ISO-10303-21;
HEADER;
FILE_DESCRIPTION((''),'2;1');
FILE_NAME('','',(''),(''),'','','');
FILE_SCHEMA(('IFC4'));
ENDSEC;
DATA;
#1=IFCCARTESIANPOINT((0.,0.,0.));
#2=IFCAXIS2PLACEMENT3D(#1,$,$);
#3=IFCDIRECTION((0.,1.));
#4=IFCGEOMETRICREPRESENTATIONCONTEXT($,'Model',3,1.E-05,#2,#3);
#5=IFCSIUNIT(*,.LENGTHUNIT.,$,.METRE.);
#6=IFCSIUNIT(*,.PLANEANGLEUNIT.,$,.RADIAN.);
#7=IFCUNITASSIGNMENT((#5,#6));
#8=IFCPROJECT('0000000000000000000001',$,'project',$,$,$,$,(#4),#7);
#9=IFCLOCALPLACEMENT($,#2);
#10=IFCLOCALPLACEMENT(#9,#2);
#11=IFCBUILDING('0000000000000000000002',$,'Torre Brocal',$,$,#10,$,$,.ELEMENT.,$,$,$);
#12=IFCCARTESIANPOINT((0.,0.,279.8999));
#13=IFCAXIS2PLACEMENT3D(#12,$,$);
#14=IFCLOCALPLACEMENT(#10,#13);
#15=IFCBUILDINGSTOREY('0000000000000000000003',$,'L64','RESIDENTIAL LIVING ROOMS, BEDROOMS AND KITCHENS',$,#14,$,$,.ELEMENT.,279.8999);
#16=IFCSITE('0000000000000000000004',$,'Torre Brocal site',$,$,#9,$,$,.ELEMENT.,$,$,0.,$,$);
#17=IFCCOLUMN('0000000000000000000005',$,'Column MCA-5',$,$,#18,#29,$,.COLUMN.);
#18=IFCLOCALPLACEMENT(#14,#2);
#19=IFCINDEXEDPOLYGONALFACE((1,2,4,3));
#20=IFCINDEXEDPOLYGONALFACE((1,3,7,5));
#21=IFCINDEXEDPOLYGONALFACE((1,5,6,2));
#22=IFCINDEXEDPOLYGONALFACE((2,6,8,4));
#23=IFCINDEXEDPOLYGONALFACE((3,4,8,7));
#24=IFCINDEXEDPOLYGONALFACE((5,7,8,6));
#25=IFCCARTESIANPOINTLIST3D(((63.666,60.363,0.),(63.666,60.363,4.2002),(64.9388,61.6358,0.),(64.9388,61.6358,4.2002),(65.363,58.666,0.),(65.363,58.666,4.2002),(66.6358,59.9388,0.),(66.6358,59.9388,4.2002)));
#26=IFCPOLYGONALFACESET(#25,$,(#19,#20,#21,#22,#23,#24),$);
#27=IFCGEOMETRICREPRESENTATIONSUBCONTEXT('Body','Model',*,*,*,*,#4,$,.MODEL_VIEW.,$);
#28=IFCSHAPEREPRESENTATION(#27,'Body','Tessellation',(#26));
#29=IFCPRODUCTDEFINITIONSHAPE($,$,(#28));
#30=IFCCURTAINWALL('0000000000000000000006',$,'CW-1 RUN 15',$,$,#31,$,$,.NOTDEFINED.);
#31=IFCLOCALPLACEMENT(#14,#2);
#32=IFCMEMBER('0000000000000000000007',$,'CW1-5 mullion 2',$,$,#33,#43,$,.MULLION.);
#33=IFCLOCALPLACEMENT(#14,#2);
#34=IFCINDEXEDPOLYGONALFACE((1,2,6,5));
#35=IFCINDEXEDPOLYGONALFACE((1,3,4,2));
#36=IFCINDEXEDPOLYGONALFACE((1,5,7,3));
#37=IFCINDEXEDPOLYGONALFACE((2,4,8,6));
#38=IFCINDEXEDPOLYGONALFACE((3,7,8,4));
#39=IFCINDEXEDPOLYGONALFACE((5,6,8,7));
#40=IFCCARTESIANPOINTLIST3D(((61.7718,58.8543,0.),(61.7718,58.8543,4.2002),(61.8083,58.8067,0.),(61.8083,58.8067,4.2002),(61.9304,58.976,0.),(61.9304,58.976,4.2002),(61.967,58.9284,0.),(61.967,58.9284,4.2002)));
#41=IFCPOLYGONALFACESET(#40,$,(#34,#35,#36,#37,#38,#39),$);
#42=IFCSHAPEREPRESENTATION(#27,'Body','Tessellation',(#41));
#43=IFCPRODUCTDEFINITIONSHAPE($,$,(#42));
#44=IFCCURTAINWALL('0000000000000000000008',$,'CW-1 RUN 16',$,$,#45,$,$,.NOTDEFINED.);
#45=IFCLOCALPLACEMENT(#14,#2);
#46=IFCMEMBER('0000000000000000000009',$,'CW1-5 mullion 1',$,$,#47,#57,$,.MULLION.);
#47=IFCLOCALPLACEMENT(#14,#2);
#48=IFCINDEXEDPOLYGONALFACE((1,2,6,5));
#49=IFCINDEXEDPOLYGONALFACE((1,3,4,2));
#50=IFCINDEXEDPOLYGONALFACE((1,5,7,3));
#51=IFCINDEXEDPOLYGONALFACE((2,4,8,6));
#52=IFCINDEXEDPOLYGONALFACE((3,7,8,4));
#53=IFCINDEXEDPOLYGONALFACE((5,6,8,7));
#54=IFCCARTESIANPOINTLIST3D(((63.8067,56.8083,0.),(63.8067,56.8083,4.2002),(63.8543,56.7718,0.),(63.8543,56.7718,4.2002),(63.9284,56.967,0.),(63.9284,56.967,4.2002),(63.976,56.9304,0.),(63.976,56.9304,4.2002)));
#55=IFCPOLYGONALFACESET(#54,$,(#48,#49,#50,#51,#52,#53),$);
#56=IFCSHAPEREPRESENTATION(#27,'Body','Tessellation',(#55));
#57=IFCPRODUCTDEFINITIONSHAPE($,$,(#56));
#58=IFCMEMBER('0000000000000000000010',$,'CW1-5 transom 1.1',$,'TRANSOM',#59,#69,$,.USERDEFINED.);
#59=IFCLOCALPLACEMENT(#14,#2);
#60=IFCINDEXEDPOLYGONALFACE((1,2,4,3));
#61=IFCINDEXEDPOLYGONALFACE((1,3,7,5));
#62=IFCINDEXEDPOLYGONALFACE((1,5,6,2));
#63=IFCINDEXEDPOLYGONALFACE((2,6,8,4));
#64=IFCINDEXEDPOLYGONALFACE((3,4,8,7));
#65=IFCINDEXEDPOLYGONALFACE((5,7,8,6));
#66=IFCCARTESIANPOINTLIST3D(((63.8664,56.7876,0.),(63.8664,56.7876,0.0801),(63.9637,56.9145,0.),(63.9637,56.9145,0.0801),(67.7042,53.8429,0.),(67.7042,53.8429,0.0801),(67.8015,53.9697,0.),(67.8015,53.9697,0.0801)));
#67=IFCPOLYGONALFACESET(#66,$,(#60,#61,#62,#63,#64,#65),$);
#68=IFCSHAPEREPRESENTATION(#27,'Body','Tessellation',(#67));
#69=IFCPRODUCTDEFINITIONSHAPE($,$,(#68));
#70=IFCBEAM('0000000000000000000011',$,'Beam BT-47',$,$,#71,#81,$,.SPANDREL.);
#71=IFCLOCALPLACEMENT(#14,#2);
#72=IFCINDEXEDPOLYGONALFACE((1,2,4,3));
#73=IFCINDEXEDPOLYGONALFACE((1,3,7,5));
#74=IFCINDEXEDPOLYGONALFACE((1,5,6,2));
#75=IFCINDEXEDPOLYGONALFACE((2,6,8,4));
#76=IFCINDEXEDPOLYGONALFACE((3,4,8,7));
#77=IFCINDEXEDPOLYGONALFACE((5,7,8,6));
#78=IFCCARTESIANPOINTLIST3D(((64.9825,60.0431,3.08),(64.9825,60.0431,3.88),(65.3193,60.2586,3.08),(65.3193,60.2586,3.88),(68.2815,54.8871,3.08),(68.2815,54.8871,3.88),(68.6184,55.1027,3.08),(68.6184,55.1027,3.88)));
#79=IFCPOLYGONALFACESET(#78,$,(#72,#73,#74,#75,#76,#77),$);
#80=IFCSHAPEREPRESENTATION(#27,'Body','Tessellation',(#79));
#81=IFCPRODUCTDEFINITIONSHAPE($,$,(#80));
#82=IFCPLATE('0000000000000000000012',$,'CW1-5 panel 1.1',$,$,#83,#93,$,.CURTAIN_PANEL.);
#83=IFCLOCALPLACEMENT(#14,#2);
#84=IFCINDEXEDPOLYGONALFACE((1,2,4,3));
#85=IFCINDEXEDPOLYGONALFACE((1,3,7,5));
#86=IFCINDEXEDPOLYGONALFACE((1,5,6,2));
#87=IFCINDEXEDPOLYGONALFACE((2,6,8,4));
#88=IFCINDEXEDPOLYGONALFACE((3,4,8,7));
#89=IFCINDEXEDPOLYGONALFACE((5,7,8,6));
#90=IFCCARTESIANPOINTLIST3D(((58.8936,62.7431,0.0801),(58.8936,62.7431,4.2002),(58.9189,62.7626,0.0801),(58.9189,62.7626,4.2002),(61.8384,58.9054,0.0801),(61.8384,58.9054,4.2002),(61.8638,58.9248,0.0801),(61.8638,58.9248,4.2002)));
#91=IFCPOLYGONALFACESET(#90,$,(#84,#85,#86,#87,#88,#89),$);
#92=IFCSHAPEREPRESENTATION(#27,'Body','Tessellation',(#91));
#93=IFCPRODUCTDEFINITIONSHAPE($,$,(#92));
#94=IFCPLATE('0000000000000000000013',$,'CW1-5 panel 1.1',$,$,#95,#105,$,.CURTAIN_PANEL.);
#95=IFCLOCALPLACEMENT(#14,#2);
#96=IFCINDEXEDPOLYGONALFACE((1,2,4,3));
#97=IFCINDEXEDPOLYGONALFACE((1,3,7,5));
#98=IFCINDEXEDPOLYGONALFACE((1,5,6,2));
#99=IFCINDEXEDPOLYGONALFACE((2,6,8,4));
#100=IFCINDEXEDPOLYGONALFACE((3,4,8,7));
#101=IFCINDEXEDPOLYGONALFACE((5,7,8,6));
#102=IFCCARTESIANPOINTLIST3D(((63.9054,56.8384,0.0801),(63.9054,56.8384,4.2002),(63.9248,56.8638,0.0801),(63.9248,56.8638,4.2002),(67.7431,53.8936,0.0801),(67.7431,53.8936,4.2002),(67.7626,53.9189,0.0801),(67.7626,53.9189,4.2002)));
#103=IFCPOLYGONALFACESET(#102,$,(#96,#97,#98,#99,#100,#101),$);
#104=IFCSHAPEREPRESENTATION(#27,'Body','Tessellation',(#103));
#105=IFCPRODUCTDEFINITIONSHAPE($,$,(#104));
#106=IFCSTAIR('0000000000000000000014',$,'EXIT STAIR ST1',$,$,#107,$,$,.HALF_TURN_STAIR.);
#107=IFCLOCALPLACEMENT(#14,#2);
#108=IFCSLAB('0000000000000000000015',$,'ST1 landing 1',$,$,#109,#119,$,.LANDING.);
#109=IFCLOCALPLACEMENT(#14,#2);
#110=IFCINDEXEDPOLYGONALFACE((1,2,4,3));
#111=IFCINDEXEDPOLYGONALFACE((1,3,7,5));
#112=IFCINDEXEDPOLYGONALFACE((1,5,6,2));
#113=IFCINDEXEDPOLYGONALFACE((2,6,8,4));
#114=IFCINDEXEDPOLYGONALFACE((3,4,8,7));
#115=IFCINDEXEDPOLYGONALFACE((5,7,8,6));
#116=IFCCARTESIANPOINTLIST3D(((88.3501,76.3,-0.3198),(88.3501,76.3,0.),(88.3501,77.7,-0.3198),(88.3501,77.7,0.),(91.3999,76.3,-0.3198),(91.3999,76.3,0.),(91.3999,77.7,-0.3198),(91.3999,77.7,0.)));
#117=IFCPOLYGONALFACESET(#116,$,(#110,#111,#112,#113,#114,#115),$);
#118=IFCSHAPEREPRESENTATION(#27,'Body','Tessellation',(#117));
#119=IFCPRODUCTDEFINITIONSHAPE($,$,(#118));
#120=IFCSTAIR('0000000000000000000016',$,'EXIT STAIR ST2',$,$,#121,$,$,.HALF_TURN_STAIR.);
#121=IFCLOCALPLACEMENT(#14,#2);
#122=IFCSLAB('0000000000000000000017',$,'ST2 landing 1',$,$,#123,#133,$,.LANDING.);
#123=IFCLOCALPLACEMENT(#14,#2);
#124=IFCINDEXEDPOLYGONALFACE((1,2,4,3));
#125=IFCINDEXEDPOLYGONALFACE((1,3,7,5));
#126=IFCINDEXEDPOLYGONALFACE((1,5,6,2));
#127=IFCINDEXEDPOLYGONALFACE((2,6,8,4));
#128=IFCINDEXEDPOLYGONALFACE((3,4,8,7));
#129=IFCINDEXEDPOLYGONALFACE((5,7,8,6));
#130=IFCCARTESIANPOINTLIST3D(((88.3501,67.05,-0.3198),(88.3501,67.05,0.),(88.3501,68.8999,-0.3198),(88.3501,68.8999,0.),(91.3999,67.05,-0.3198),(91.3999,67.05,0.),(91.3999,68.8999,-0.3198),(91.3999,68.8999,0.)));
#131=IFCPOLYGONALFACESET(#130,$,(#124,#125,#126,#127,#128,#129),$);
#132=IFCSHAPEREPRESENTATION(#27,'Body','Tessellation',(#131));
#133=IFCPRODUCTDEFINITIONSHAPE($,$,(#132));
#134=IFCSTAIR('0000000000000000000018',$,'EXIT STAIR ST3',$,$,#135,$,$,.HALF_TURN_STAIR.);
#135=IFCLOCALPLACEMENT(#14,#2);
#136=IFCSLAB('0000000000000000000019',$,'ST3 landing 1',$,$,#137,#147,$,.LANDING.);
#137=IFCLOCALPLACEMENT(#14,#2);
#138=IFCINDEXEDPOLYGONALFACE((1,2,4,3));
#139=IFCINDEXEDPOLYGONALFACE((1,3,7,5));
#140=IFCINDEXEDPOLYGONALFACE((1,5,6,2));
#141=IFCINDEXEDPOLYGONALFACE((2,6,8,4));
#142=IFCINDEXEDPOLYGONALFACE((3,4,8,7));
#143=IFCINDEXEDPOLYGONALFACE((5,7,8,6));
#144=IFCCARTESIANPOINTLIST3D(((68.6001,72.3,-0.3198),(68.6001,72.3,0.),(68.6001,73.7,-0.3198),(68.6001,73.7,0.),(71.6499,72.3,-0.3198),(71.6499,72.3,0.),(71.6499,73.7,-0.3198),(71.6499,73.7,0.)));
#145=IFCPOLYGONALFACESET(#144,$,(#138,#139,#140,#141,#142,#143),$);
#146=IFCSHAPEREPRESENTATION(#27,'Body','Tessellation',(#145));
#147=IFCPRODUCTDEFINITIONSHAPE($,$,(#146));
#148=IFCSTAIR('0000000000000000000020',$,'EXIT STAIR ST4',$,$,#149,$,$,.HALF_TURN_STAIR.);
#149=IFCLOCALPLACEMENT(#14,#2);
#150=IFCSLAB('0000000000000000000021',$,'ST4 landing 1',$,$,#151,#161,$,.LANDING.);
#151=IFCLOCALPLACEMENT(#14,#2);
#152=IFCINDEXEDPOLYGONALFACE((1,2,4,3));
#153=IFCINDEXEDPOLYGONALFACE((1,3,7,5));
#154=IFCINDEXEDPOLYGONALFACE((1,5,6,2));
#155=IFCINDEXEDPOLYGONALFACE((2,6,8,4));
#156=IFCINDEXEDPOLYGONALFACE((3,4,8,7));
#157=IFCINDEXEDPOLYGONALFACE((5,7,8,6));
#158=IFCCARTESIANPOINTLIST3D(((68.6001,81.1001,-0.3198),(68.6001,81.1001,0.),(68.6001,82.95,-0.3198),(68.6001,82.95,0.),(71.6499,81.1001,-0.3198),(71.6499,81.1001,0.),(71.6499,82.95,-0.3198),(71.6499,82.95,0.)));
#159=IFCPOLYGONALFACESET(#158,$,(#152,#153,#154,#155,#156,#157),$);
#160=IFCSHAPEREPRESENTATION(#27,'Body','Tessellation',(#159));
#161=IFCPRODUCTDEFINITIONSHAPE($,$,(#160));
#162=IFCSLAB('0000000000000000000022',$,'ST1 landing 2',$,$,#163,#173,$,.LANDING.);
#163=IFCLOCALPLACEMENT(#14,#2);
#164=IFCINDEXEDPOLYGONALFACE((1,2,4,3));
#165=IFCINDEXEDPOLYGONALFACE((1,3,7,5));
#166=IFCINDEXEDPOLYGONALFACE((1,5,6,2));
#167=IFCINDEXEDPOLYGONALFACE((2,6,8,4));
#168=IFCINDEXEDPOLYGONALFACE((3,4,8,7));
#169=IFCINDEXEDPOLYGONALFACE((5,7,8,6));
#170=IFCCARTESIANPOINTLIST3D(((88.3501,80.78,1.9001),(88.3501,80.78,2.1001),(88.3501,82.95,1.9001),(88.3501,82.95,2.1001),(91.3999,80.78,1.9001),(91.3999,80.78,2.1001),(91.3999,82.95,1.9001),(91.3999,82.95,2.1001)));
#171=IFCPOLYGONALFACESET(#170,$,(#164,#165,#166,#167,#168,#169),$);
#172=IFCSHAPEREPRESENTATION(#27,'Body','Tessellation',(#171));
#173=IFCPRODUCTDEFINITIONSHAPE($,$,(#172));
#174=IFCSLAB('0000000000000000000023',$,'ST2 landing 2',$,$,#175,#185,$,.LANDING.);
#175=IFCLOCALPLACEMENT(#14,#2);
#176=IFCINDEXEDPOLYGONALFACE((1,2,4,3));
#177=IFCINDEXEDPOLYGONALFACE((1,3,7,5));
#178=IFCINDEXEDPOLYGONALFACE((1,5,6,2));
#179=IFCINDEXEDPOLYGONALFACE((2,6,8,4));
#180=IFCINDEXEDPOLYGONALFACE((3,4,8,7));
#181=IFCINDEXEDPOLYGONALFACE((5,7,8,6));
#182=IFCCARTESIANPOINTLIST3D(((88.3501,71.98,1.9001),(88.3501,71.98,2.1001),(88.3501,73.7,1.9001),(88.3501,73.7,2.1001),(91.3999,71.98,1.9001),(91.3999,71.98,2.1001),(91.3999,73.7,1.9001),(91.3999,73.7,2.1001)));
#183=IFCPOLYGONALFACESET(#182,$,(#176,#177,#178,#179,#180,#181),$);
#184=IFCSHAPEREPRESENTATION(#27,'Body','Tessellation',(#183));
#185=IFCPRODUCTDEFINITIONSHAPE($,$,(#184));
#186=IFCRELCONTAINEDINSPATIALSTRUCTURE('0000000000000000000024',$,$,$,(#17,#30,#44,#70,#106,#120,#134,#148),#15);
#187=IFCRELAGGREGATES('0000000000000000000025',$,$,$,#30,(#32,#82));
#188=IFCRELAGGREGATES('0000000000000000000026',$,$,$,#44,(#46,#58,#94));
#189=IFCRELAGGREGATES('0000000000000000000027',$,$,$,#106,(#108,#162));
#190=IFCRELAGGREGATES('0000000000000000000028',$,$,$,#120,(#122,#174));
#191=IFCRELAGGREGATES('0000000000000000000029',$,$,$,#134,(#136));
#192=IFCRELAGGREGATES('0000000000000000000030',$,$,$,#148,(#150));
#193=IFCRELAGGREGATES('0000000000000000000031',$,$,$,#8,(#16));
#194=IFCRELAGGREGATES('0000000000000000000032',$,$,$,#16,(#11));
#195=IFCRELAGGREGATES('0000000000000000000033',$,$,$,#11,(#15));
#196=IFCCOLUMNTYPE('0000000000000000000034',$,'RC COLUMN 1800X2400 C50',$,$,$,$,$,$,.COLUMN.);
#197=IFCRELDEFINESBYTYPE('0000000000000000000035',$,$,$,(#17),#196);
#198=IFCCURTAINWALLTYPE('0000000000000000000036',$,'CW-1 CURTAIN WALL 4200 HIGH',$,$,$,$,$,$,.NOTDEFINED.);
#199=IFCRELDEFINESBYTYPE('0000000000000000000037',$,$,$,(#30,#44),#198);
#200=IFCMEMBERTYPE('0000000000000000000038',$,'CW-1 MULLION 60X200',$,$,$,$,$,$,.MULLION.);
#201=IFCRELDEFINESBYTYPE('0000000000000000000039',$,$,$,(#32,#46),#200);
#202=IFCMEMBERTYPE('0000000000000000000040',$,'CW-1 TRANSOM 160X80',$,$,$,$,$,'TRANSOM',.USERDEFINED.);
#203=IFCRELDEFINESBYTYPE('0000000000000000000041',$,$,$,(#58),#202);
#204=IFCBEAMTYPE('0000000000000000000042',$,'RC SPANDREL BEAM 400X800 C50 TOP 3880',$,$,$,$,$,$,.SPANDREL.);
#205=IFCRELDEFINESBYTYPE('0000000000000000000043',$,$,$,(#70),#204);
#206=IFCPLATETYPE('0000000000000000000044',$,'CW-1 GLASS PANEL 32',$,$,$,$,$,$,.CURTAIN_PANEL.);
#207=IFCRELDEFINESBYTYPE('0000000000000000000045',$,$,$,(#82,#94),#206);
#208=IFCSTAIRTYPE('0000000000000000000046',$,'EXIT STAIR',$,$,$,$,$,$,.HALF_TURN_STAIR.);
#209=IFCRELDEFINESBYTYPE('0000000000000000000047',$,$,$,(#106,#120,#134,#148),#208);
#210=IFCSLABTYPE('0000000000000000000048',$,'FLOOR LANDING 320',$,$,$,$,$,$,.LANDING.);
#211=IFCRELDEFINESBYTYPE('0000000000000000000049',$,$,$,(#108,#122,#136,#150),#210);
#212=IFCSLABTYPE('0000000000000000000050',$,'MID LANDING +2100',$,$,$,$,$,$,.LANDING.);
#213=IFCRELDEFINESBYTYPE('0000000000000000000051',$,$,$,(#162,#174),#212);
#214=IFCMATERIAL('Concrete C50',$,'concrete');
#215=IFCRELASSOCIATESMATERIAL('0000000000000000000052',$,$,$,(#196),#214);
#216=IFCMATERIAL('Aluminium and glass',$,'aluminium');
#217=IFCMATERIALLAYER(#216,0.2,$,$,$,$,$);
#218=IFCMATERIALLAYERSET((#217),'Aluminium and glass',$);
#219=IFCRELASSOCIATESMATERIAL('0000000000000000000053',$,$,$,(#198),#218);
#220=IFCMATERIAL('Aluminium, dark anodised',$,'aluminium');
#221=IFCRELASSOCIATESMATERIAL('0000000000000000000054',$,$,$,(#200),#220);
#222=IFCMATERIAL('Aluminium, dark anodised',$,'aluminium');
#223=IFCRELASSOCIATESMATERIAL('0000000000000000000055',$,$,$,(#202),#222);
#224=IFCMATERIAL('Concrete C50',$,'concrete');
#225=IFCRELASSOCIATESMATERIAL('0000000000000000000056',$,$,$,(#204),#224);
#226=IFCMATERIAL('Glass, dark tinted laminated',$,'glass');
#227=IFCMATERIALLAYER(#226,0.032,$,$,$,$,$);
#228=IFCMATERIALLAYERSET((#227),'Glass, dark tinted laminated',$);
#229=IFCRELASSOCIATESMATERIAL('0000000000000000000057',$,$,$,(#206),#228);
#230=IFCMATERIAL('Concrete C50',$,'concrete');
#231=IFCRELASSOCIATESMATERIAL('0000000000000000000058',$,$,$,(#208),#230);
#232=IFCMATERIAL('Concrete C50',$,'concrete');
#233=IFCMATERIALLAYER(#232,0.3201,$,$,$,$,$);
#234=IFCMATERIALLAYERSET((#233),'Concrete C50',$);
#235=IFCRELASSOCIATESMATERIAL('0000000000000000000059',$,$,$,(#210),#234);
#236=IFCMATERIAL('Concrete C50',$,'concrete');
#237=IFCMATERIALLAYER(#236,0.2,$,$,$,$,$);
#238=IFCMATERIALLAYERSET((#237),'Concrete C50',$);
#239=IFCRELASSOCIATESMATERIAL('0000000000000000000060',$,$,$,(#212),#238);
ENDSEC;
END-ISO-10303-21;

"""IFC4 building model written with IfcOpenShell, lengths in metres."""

from ifc_helpers import new_model, si_unit, direction, frame, origin, origin_2d, place, context, subcontext, project, spatial, polyline, rectangle, outline, extrude, material, layer, layer_set, material_profile, profile_set, type_object, element, aggregate, save


model = new_model("IFC4")

# Units and contexts
model_context = context("Model", 3, precision=1e-05, world=origin(), true_north=direction((0.0, 1.0)))
body_context = subcontext(model_context, "Body", "Model", "MODEL_VIEW")
ifc_project = project(units=[si_unit("LENGTHUNIT", "METRE"), si_unit("PLANEANGLEUNIT", "RADIAN")], contexts=[model_context])

# Site, building, storey
site_placement = place(None, origin())
site = spatial("IfcSite", under=ifc_project, at=site_placement, Name="Torre Brocal site", CompositionType="ELEMENT", RefElevation=0.0)
building_placement = place(site_placement, origin())
building = spatial("IfcBuilding", under=site, at=building_placement, Name="Torre Brocal", CompositionType="ELEMENT")
storey_placement = place(building_placement, frame((0.0, 0.0, 279.8999)))
storey = spatial("IfcBuildingStorey", under=building, at=storey_placement, Name="L64", Description="RESIDENTIAL LIVING ROOMS, BEDROOMS AND KITCHENS", CompositionType="ELEMENT", Elevation=279.8999)

# Column
ifc_material_1 = material(Name="Concrete C50", Category="concrete")
ifc_material_profile_1 = material_profile(ifc_material_1, rectangle(XDim=1.8, YDim=2.3999, at=origin_2d()), Name="RC 1800X2400")
ifc_profile_set_1 = profile_set([ifc_material_profile_1], Name="Concrete C50")
column_type = type_object("IfcColumnType", Name="RC COLUMN 1800X2400 C50", PredefinedType="COLUMN", material=ifc_profile_set_1)
column_placement = place(storey_placement, frame((65.1509, 60.1509, 0.0), z_axis=(0.0, 0.0, 1.0), x_axis=(-0.707107, -0.707107, 0.0)))
element("IfcColumn", 1, at=column_placement, inside=storey, type_object=column_type, Name="Column MCA-5", PredefinedType="COLUMN", context=body_context, shape_type="SweptSolid", body=[
    extrude(rectangle(XDim=1.8, YDim=2.3999, at=origin_2d()), origin(), (0.0, 0.0, 1.0), 4.2002),
])

# Curtain wall, member
ifc_material_2 = material(Name="Aluminium and glass", Category="aluminium")
ifc_layer_1 = layer(ifc_material_2, 0.2)
ifc_layer_set_1 = layer_set([ifc_layer_1], Name="Aluminium and glass")
curtain_wall_type = type_object("IfcCurtainWallType", Name="CW-1 CURTAIN WALL 4200 HIGH", PredefinedType="NOTDEFINED", material=ifc_layer_set_1)
curtain_wall_1_placement = place(storey_placement, origin())
curtain_wall_1 = element("IfcCurtainWall", 2, at=curtain_wall_1_placement, inside=storey, type_object=curtain_wall_type, Name="CW-1 RUN 15", PredefinedType="NOTDEFINED")
ifc_material_3 = material(Name="Aluminium, dark anodised", Category="aluminium")
ifc_material_profile_2 = material_profile(ifc_material_3, rectangle(XDim=0.2, YDim=0.0601, at=origin_2d()), Name="CW-1 MULLION 60X200")
ifc_profile_set_2 = profile_set([ifc_material_profile_2], Name="Aluminium, dark anodised")
member_type_1 = type_object("IfcMemberType", Name="CW-1 MULLION 60X200", PredefinedType="MULLION", material=ifc_profile_set_2)
member_1_placement = place(storey_placement, frame((61.8694, 58.8914, 0.0), z_axis=(0.0, 0.0, 1.0), x_axis=(0.793353, 0.608761, 0.0)))
member_1 = element("IfcMember", 3, at=member_1_placement, type_object=member_type_1, Name="CW1-5 mullion 2", PredefinedType="MULLION", context=body_context, shape_type="SweptSolid", body=[
    extrude(rectangle(XDim=0.2, YDim=0.0601, at=origin_2d()), origin(), (0.0, 0.0, 1.0), 4.2002),
])

# Curtain wall, members
curtain_wall_2_placement = place(storey_placement, origin())
curtain_wall_2 = element("IfcCurtainWall", 4, at=curtain_wall_2_placement, inside=storey, type_object=curtain_wall_type, Name="CW-1 RUN 16", PredefinedType="NOTDEFINED")
member_2_placement = place(storey_placement, frame((63.8914, 56.8694, 0.0), z_axis=(0.0, 0.0, 1.0), x_axis=(0.608761, 0.793353, 0.0)))
member_2 = element("IfcMember", 5, at=member_2_placement, type_object=member_type_1, Name="CW1-5 mullion 1", PredefinedType="MULLION", context=body_context, shape_type="SweptSolid", body=[
    extrude(rectangle(XDim=0.2, YDim=0.0601, at=origin_2d()), origin(), (0.0, 0.0, 1.0), 4.2002),
])
ifc_material_4 = material(Name="Aluminium, dark anodised", Category="aluminium")
ifc_material_profile_3 = material_profile(ifc_material_4, rectangle(XDim=0.1599, YDim=0.0801, at=origin_2d()), Name="CW-1 TRANSOM 160X80")
ifc_profile_set_3 = profile_set([ifc_material_profile_3], Name="Aluminium, dark anodised")
member_type_2 = type_object("IfcMemberType", Name="CW-1 TRANSOM 160X80", ElementType="TRANSOM", PredefinedType="USERDEFINED", material=ifc_profile_set_3)
member_3_placement = place(storey_placement, frame((63.915, 56.8511, 0.04), z_axis=(0.793363, -0.608749, 0.0), x_axis=(0.608749, 0.793363, 0.0)))
member_3 = element("IfcMember", 6, at=member_3_placement, type_object=member_type_2, Name="CW1-5 transom 1.1", ObjectType="TRANSOM", PredefinedType="USERDEFINED", context=body_context, shape_type="SweptSolid", body=[
    extrude(rectangle(XDim=0.1599, YDim=0.0801, at=origin_2d()), origin(), (0.0, 0.0, 1.0), 4.8374),
])

# Beam
ifc_material_5 = material(Name="Concrete C50", Category="concrete")
ifc_material_profile_4 = material_profile(ifc_material_5, rectangle(XDim=0.3999, YDim=0.8, at=origin_2d()), Name="RC 400X800")
ifc_profile_set_4 = profile_set([ifc_material_profile_4], Name="Concrete C50")
beam_type = type_object("IfcBeamType", Name="RC SPANDREL BEAM 400X800 C50 TOP 3880", PredefinedType="SPANDREL", material=ifc_profile_set_4)
beam_placement = place(storey_placement, frame((65.1509, 60.1509, 3.48), z_axis=(0.538964, -0.842329, 0.0), x_axis=(0.842329, 0.538964, 0.0)))
element("IfcBeam", 7, at=beam_placement, inside=storey, type_object=beam_type, Name="Beam BT-47", PredefinedType="SPANDREL", context=body_context, shape_type="SweptSolid", body=[
    extrude(rectangle(XDim=0.3999, YDim=0.8, at=origin_2d()), origin(), (0.0, 0.0, 1.0), 6.1211),
])

# Plates
ifc_material_6 = material(Name="Glass, dark tinted laminated", Category="glass")
ifc_layer_2 = layer(ifc_material_6, 0.032)
ifc_layer_set_2 = layer_set([ifc_layer_2], Name="Glass, dark tinted laminated")
plate_type = type_object("IfcPlateType", Name="CW-1 GLASS PANEL 32", PredefinedType="CURTAIN_PANEL", material=ifc_layer_set_2)
plate_1_placement = place(storey_placement, frame((60.3787, 60.834, 0.0801), z_axis=(0.0, 0.0, 1.0), x_axis=(0.608761, -0.793353, 0.0)))
plate_1 = element("IfcPlate", 8, at=plate_1_placement, type_object=plate_type, Name="CW1-5 panel 1.1", PredefinedType="CURTAIN_PANEL", context=body_context, shape_type="SweptSolid", body=[
    extrude(rectangle(XDim=4.8374, YDim=0.032, at=origin_2d()), origin(), (0.0, 0.0, 1.0), 4.1201),
])
aggregate(curtain_wall_1, [member_1, plate_1])
plate_2_placement = place(storey_placement, frame((65.834, 55.3787, 0.0801), z_axis=(0.0, 0.0, 1.0), x_axis=(0.793353, -0.608761, 0.0)))
plate_2 = element("IfcPlate", 9, at=plate_2_placement, type_object=plate_type, Name="CW1-5 panel 1.1", PredefinedType="CURTAIN_PANEL", context=body_context, shape_type="SweptSolid", body=[
    extrude(rectangle(XDim=4.8374, YDim=0.032, at=origin_2d()), origin(), (0.0, 0.0, 1.0), 4.1201),
])
aggregate(curtain_wall_2, [member_2, member_3, plate_2])

# Stairs, slabs
ifc_material_7 = material(Name="Concrete C50", Category="concrete")
stair_type = type_object("IfcStairType", Name="EXIT STAIR", PredefinedType="HALF_TURN_STAIR", material=ifc_material_7)
stair_1_placement = place(storey_placement, origin())
stair_1 = element("IfcStair", 10, at=stair_1_placement, inside=storey, type_object=stair_type, Name="EXIT STAIR ST1", PredefinedType="HALF_TURN_STAIR")
ifc_material_8 = material(Name="Concrete C50", Category="concrete")
ifc_layer_3 = layer(ifc_material_8, 0.3201)
ifc_layer_set_3 = layer_set([ifc_layer_3], Name="Concrete C50")
slab_type_1 = type_object("IfcSlabType", Name="FLOOR LANDING 320", PredefinedType="LANDING", material=ifc_layer_set_3)
slab_1_placement = place(storey_placement, frame((0.0, 0.0, -0.3198)))
slab_1 = element("IfcSlab", 11, at=slab_1_placement, type_object=slab_type_1, Name="ST1 landing 1", PredefinedType="LANDING", context=body_context, shape_type="SweptSolid", body=[
    extrude(outline(polyline([(88.3501, 76.3), (91.3999, 76.3), (91.3999, 77.7), (88.3501, 77.7), (88.3501, 76.3)])), origin(), (0.0, 0.0, 1.0), 0.3198),
])
stair_2_placement = place(storey_placement, origin())
stair_2 = element("IfcStair", 12, at=stair_2_placement, inside=storey, type_object=stair_type, Name="EXIT STAIR ST2", PredefinedType="HALF_TURN_STAIR")
slab_2_placement = place(storey_placement, frame((0.0, 0.0, -0.3198)))
slab_2 = element("IfcSlab", 13, at=slab_2_placement, type_object=slab_type_1, Name="ST2 landing 1", PredefinedType="LANDING", context=body_context, shape_type="SweptSolid", body=[
    extrude(outline(polyline([(88.3501, 67.05), (91.3999, 67.05), (91.3999, 68.8999), (88.3501, 68.8999), (88.3501, 67.05)])), origin(), (0.0, 0.0, 1.0), 0.3198),
])
stair_3_placement = place(storey_placement, origin())
stair_3 = element("IfcStair", 14, at=stair_3_placement, inside=storey, type_object=stair_type, Name="EXIT STAIR ST3", PredefinedType="HALF_TURN_STAIR")
slab_3_placement = place(storey_placement, frame((0.0, 0.0, -0.3198)))
slab_3 = element("IfcSlab", 15, at=slab_3_placement, type_object=slab_type_1, Name="ST3 landing 1", PredefinedType="LANDING", context=body_context, shape_type="SweptSolid", body=[
    extrude(outline(polyline([(71.6499, 73.7), (68.6001, 73.7), (68.6001, 72.3), (71.6499, 72.3), (71.6499, 73.7)])), origin(), (0.0, 0.0, 1.0), 0.3198),
])
stair_4_placement = place(storey_placement, origin())
stair_4 = element("IfcStair", 16, at=stair_4_placement, inside=storey, type_object=stair_type, Name="EXIT STAIR ST4", PredefinedType="HALF_TURN_STAIR")
slab_4_placement = place(storey_placement, frame((0.0, 0.0, -0.3198)))
slab_4 = element("IfcSlab", 17, at=slab_4_placement, type_object=slab_type_1, Name="ST4 landing 1", PredefinedType="LANDING", context=body_context, shape_type="SweptSolid", body=[
    extrude(outline(polyline([(71.6499, 82.95), (68.6001, 82.95), (68.6001, 81.1001), (71.6499, 81.1001), (71.6499, 82.95)])), origin(), (0.0, 0.0, 1.0), 0.3198),
])

# Slabs
ifc_material_9 = material(Name="Concrete C50", Category="concrete")
ifc_layer_4 = layer(ifc_material_9, 0.2)
ifc_layer_set_4 = layer_set([ifc_layer_4], Name="Concrete C50")
slab_type_2 = type_object("IfcSlabType", Name="MID LANDING +2100", PredefinedType="LANDING", material=ifc_layer_set_4)
slab_5_placement = place(storey_placement, frame((0.0, 0.0, 1.9001)))
slab_5 = element("IfcSlab", 18, at=slab_5_placement, type_object=slab_type_2, Name="ST1 landing 2", PredefinedType="LANDING", context=body_context, shape_type="SweptSolid", body=[
    extrude(outline(polyline([(88.3501, 80.78), (91.3999, 80.78), (91.3999, 82.95), (88.3501, 82.95), (88.3501, 80.78)])), origin(), (0.0, 0.0, 1.0), 0.2),
])
aggregate(stair_1, [slab_1, slab_5])
slab_6_placement = place(storey_placement, frame((0.0, 0.0, 1.9001)))
slab_6 = element("IfcSlab", 19, at=slab_6_placement, type_object=slab_type_2, Name="ST2 landing 2", PredefinedType="LANDING", context=body_context, shape_type="SweptSolid", body=[
    extrude(outline(polyline([(88.3501, 71.98), (91.3999, 71.98), (91.3999, 73.7), (88.3501, 73.7), (88.3501, 71.98)])), origin(), (0.0, 0.0, 1.0), 0.2),
])
aggregate(stair_2, [slab_2, slab_6])
aggregate(stair_3, [slab_3])
aggregate(stair_4, [slab_4])

save(model, "model.ifc")
